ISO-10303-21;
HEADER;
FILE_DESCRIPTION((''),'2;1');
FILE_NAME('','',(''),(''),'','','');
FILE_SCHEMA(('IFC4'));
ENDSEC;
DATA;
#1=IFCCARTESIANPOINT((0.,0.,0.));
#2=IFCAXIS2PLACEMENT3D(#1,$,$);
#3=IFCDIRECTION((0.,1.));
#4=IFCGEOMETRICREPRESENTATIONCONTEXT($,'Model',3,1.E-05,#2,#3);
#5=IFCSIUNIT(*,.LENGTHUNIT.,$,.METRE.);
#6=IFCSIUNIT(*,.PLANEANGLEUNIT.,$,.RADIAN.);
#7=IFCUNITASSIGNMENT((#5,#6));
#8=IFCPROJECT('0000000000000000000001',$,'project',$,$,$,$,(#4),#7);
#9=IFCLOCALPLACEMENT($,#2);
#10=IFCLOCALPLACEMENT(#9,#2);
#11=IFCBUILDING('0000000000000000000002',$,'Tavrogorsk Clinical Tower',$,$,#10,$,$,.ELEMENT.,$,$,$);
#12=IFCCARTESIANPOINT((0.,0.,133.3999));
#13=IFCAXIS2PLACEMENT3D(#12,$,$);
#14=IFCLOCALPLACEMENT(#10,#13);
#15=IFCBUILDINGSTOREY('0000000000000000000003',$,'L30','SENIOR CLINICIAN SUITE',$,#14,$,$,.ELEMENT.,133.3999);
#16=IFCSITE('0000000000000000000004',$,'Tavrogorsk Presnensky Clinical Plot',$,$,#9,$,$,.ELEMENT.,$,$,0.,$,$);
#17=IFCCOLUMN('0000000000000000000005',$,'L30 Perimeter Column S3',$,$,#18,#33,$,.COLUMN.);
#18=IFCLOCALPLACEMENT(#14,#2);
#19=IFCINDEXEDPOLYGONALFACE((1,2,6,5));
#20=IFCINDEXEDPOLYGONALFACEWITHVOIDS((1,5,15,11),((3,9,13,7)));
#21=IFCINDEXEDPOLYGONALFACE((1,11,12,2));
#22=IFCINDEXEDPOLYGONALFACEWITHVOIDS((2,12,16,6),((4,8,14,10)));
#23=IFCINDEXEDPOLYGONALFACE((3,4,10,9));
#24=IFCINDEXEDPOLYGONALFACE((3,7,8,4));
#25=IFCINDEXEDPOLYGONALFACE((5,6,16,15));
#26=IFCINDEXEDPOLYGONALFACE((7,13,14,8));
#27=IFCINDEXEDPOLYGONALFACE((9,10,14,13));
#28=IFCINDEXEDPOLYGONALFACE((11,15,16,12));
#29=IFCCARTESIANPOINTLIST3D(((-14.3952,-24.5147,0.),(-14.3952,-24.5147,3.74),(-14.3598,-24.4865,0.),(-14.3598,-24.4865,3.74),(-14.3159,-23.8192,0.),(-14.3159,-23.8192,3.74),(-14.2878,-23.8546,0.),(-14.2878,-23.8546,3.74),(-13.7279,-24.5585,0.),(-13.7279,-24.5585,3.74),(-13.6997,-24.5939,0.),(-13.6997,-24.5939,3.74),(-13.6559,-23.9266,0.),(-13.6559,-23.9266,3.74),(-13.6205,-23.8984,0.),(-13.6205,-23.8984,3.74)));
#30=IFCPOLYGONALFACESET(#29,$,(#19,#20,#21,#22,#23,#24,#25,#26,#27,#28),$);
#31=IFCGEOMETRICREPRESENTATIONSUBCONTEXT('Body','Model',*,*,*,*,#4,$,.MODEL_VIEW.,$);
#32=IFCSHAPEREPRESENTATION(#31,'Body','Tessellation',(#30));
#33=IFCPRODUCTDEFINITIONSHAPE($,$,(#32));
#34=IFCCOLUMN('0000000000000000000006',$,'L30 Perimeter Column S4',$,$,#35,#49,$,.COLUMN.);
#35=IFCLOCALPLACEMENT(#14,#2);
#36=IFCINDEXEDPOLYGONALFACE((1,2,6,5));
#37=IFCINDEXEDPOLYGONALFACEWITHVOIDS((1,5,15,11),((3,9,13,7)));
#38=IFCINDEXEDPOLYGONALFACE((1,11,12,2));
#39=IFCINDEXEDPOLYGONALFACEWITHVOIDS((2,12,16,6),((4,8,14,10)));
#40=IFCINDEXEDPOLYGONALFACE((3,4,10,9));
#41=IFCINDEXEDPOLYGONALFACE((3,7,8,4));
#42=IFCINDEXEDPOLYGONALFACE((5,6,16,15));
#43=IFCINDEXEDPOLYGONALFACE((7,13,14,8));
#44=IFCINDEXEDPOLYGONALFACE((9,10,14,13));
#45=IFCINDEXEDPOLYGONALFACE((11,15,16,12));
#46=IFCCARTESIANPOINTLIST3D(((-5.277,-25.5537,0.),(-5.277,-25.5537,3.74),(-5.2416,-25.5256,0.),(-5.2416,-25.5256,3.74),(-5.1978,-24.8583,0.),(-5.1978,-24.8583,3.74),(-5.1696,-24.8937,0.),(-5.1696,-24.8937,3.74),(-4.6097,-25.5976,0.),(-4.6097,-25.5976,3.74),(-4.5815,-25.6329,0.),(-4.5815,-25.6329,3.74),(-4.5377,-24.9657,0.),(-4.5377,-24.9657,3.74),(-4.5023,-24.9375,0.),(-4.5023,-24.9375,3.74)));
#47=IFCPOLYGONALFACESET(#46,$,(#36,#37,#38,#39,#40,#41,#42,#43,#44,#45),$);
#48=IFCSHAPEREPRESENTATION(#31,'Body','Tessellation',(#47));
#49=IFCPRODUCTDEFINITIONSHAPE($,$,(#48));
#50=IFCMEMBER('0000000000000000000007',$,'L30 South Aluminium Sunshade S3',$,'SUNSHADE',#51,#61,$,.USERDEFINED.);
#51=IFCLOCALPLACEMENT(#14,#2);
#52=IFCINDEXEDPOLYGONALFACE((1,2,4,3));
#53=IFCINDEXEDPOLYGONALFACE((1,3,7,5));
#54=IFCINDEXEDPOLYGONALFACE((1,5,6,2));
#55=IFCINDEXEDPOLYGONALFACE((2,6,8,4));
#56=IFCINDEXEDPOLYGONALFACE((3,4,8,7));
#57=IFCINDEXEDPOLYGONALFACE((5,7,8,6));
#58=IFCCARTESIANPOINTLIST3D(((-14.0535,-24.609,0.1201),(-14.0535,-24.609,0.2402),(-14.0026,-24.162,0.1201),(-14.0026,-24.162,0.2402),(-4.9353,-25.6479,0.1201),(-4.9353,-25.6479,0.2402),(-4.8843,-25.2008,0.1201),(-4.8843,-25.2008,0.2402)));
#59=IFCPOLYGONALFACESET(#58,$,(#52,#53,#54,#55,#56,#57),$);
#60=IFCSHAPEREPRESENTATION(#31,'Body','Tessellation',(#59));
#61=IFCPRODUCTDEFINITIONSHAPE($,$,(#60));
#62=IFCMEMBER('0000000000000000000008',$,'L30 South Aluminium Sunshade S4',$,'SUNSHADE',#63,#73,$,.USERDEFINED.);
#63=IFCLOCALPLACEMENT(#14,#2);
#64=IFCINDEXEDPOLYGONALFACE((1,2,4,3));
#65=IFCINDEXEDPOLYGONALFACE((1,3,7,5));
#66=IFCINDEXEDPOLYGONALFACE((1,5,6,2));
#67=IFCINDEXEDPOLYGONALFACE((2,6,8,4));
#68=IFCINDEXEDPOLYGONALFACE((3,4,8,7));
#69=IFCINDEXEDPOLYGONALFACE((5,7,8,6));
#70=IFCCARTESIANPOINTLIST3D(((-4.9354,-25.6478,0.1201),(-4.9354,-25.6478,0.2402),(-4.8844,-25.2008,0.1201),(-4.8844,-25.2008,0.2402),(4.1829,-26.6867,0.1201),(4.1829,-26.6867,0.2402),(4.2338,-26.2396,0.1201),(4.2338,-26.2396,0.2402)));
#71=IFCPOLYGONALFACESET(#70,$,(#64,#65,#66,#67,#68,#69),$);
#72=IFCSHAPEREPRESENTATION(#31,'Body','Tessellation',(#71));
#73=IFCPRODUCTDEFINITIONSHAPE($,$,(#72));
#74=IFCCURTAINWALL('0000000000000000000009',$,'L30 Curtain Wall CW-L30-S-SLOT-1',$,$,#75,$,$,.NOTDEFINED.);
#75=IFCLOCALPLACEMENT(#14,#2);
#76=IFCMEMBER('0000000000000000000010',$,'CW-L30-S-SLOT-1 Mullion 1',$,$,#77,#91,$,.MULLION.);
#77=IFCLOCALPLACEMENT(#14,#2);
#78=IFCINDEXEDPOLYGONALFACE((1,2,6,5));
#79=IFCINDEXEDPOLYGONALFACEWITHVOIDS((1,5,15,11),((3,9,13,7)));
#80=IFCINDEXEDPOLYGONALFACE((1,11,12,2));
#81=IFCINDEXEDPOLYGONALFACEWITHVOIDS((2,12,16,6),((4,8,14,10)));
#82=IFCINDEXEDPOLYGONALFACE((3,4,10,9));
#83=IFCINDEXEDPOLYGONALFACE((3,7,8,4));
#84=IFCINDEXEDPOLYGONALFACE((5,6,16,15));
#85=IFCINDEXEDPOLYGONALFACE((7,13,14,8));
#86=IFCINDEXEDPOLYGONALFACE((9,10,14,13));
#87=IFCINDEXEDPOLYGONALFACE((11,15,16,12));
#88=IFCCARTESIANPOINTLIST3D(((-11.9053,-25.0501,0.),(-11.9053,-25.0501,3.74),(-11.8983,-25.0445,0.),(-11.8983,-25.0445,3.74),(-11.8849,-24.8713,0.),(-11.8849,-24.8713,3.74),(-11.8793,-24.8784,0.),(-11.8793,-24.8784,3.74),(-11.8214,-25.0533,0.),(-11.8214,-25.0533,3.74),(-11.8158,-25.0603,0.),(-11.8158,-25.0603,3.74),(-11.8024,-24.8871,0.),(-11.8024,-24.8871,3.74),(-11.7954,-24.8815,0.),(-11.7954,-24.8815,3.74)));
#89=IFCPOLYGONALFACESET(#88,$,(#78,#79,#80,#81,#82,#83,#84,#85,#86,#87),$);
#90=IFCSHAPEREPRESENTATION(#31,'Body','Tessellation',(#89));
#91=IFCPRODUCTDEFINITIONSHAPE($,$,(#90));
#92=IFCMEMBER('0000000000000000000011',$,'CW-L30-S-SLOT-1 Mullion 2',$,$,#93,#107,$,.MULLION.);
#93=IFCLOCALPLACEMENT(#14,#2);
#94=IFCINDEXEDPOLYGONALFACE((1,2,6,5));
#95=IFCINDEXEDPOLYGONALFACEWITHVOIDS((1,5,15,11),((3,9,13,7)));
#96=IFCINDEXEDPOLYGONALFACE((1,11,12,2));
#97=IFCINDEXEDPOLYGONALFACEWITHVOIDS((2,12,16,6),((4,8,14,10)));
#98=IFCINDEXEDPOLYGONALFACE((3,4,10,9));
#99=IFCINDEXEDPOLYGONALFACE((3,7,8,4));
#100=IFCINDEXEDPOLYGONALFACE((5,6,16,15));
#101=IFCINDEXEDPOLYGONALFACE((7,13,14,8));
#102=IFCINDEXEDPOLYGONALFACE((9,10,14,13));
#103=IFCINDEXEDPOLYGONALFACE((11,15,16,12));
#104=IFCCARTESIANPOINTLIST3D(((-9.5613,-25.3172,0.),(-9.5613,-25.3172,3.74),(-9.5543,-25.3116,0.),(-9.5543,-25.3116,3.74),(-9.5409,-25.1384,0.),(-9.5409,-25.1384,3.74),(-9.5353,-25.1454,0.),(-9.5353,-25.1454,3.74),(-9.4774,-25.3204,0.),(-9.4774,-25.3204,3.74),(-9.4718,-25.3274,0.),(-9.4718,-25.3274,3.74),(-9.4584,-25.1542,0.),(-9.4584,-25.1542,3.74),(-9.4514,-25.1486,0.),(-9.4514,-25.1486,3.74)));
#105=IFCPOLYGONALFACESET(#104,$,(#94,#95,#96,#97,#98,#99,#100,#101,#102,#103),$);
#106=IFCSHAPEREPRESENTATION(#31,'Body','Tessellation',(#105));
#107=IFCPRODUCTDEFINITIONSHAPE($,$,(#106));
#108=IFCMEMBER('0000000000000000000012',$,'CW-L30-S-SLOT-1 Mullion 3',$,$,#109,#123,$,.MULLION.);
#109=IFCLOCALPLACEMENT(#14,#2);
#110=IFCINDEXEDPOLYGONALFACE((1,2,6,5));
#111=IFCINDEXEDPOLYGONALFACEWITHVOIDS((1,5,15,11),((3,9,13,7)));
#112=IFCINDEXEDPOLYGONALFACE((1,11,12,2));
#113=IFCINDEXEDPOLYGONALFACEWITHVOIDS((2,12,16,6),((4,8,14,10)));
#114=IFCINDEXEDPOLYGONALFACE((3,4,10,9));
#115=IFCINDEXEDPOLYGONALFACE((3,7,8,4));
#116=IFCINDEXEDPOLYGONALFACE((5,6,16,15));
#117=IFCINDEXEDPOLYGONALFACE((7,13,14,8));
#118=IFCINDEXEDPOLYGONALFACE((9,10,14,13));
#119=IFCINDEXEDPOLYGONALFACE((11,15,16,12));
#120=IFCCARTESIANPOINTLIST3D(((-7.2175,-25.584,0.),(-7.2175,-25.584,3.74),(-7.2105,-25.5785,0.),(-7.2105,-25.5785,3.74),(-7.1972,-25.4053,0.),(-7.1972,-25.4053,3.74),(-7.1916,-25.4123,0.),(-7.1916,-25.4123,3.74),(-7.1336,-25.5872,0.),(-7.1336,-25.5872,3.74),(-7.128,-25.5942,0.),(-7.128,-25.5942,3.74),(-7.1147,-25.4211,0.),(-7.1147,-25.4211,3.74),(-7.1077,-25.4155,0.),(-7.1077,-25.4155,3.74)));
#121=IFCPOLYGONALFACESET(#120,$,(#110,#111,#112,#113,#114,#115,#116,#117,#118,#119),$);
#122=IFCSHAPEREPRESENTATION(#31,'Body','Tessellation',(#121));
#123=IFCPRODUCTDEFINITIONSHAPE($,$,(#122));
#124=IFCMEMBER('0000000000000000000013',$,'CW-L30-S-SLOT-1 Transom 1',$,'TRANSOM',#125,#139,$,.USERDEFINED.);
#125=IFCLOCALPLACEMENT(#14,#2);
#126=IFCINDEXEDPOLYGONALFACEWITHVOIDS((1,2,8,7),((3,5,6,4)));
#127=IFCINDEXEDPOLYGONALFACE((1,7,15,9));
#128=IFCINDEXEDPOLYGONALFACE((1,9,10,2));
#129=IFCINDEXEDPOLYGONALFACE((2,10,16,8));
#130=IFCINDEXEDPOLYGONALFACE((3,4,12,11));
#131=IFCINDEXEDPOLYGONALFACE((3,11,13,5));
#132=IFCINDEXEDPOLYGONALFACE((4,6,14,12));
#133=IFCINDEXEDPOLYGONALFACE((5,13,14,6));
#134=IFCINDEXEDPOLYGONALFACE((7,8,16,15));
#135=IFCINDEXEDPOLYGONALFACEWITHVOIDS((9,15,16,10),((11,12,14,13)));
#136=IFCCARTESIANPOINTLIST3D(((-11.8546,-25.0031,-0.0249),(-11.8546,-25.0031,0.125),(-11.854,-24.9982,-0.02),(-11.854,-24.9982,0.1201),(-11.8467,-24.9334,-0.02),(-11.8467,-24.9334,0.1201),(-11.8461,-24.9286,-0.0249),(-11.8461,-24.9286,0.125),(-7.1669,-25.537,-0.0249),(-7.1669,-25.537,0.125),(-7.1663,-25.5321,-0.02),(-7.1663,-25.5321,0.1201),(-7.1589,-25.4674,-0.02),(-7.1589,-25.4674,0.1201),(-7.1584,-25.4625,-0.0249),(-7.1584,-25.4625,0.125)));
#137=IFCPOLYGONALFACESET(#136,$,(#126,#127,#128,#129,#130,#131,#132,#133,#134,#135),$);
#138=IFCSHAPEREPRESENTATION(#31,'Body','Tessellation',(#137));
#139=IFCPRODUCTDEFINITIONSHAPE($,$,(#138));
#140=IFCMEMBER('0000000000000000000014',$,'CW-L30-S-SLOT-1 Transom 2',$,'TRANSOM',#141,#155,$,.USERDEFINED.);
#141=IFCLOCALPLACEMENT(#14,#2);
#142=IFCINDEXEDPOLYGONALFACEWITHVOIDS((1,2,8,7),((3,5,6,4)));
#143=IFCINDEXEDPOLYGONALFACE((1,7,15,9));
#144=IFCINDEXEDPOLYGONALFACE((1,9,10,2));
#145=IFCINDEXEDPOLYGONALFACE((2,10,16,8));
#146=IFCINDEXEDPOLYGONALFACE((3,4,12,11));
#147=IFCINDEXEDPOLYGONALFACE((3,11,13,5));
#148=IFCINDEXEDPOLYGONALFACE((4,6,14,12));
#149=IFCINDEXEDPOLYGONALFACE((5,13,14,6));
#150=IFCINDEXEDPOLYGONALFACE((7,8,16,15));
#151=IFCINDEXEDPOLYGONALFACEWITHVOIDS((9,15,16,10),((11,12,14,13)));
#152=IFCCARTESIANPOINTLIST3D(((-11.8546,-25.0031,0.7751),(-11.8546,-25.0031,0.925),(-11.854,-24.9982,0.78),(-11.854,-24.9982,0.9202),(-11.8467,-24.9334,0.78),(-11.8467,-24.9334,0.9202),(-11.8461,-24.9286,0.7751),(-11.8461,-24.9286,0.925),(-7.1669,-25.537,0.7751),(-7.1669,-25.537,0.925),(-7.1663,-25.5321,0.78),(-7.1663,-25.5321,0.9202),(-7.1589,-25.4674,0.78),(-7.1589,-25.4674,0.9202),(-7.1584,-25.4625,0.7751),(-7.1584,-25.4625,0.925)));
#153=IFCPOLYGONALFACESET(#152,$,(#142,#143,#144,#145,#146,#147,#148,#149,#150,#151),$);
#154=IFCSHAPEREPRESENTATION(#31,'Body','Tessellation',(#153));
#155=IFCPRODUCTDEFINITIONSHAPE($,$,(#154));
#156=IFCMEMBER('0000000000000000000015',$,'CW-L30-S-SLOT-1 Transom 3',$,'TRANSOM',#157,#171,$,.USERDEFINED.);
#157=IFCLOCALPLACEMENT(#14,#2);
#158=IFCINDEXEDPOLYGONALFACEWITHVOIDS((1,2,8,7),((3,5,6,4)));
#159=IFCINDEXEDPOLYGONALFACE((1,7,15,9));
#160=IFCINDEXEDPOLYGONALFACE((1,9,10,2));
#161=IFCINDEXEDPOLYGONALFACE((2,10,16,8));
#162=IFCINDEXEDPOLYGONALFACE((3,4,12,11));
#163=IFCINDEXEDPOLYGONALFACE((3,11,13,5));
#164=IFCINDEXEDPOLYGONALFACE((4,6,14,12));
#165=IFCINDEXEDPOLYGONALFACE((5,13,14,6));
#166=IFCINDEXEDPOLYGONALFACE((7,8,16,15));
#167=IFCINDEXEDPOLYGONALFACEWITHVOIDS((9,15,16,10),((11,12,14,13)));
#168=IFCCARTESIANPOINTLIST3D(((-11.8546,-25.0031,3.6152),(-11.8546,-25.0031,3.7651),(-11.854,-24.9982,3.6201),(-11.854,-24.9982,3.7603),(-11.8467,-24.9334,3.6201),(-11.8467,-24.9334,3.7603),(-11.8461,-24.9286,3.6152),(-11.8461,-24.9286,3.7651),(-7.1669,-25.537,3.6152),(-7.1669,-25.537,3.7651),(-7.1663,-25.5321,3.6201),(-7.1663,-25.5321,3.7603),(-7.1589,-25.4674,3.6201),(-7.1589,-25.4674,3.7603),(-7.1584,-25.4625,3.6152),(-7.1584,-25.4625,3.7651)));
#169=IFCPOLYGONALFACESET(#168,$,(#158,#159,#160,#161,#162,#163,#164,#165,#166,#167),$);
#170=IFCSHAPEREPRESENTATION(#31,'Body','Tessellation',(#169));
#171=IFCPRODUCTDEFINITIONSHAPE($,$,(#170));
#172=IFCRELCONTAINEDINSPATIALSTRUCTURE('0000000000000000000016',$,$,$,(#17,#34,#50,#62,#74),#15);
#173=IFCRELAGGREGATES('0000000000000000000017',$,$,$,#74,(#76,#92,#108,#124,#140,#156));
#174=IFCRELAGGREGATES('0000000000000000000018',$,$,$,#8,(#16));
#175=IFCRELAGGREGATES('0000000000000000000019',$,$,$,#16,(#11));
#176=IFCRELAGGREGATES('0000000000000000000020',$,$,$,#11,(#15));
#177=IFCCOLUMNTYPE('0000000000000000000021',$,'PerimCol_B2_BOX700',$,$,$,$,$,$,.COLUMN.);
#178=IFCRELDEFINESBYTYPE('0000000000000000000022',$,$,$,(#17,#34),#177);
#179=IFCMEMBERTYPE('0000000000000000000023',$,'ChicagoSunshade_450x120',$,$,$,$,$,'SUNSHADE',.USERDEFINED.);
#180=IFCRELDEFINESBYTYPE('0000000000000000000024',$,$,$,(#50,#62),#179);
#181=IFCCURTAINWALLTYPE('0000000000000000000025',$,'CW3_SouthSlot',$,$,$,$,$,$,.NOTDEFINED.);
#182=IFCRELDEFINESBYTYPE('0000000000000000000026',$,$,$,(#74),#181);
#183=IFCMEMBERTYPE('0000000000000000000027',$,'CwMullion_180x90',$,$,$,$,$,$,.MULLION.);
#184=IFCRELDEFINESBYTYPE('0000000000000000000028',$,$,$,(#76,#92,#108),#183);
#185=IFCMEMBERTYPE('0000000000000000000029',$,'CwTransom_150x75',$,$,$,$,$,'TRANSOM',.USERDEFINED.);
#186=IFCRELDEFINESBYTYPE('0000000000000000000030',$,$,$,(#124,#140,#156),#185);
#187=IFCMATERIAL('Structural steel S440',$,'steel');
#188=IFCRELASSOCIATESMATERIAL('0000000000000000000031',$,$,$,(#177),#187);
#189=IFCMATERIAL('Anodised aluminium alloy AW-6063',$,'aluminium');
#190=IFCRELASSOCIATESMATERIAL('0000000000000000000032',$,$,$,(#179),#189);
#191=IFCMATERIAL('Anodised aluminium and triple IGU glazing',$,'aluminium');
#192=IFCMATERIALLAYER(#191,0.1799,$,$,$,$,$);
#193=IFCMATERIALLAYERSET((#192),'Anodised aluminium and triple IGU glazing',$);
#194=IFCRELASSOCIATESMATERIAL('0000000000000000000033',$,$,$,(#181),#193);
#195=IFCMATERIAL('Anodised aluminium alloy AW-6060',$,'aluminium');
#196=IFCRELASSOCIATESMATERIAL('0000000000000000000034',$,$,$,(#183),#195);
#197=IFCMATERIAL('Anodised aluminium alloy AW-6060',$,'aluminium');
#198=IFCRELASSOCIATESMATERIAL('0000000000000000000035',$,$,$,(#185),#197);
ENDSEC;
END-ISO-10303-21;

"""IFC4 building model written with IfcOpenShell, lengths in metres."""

from ifc_helpers import new_model, si_unit, direction, frame, origin, origin_2d, place, context, subcontext, project, spatial, rectangle, hollow_rectangle, extrude, material, layer, layer_set, material_profile, profile_set, type_object, element, aggregate, save


model = new_model("IFC4")

# Units and contexts
model_context = context("Model", 3, precision=1e-05, world=origin(), true_north=direction((0.0, 1.0)))
body_context = subcontext(model_context, "Body", "Model", "MODEL_VIEW")
ifc_project = project(units=[si_unit("LENGTHUNIT", "METRE"), si_unit("PLANEANGLEUNIT", "RADIAN")], contexts=[model_context])

# Site, building, storey
site_placement = place(None, origin())
site = spatial("IfcSite", under=ifc_project, at=site_placement, Name="Tavrogorsk Presnensky Clinical Plot", CompositionType="ELEMENT", RefElevation=0.0)
building_placement = place(site_placement, origin())
building = spatial("IfcBuilding", under=site, at=building_placement, Name="Tavrogorsk Clinical Tower", CompositionType="ELEMENT")
storey_placement = place(building_placement, frame((0.0, 0.0, 133.3999)))
storey = spatial("IfcBuildingStorey", under=building, at=storey_placement, Name="L30", Description="SENIOR CLINICIAN SUITE", CompositionType="ELEMENT", Elevation=133.3999)

# Columns
ifc_material_1 = material(Name="Structural steel S440", Category="steel")
ifc_material_profile_1 = material_profile(ifc_material_1, hollow_rectangle(XDim=0.7, YDim=0.7, WallThickness=0.032, at=origin_2d()), Name="BOX-700x700x32")
ifc_profile_set_1 = profile_set([ifc_material_profile_1], Name="Structural steel S440")
column_type = type_object("IfcColumnType", Name="PerimCol_B2_BOX700", PredefinedType="COLUMN", material=ifc_profile_set_1)
for number, where, z_axis, x_axis, name in (
    (1, (-14.0078, -24.2065, 0.0), (0.0, 0.0, 1.0), (0.993572, -0.113203, 0.0), "L30 Perimeter Column S3"),
    (2, (-4.8896, -25.2456, 0.0), (0.0, 0.0, 1.0), (0.993572, -0.113203, 0.0), "L30 Perimeter Column S4"),
):
    element("IfcColumn", number, at=place(storey_placement, frame(where, z_axis=z_axis, x_axis=x_axis)), inside=storey, type_object=column_type, Name=name, PredefinedType="COLUMN", context=body_context, shape_type="SweptSolid", body=[
        extrude(hollow_rectangle(XDim=0.7, YDim=0.7, WallThickness=0.032, at=origin_2d()), origin(), (0.0, 0.0, 1.0), 3.74),
    ])

# Members
ifc_material_2 = material(Name="Anodised aluminium alloy AW-6063", Category="aluminium")
ifc_material_profile_2 = material_profile(ifc_material_2, rectangle(XDim=0.45, YDim=0.1201, at=origin_2d()), Name="ALU-SUNSHADE-450x120")
ifc_profile_set_2 = profile_set([ifc_material_profile_2], Name="Anodised aluminium alloy AW-6063")
member_type_1 = type_object("IfcMemberType", Name="ChicagoSunshade_450x120", ElementType="SUNSHADE", PredefinedType="USERDEFINED", material=ifc_profile_set_2)
for number, where, z_axis, x_axis, name in (
    (3, (-14.0281, -24.3855, 0.1802), (0.993573, -0.113196, 0.0), (0.113196, 0.993573, 0.0), "L30 South Aluminium Sunshade S3"),
    (4, (-4.9099, -25.4243, 0.1802), (0.993573, -0.113196, 0.0), (0.113196, 0.993573, 0.0), "L30 South Aluminium Sunshade S4"),
):
    element("IfcMember", number, at=place(storey_placement, frame(where, z_axis=z_axis, x_axis=x_axis)), inside=storey, type_object=member_type_1, Name=name, ObjectType="SUNSHADE", PredefinedType="USERDEFINED", context=body_context, shape_type="SweptSolid", body=[
        extrude(rectangle(XDim=0.45, YDim=0.1201, at=origin_2d()), origin(), (0.0, 0.0, 1.0), 9.1772),
    ])

# Curtain wall, members
ifc_material_3 = material(Name="Anodised aluminium and triple IGU glazing", Category="aluminium")
ifc_layer_1 = layer(ifc_material_3, 0.1799)
ifc_layer_set_1 = layer_set([ifc_layer_1], Name="Anodised aluminium and triple IGU glazing")
curtain_wall_type = type_object("IfcCurtainWallType", Name="CW3_SouthSlot", PredefinedType="NOTDEFINED", material=ifc_layer_set_1)
curtain_wall_placement = place(storey_placement, origin())
curtain_wall = element("IfcCurtainWall", 5, at=curtain_wall_placement, inside=storey, type_object=curtain_wall_type, Name="L30 Curtain Wall CW-L30-S-SLOT-1", PredefinedType="NOTDEFINED")
ifc_material_4 = material(Name="Anodised aluminium alloy AW-6060", Category="aluminium")
ifc_material_profile_3 = material_profile(ifc_material_4, hollow_rectangle(XDim=0.0901, YDim=0.1799, WallThickness=0.0063, at=origin_2d()), Name="RHS-180x90x6.3")
ifc_profile_set_3 = profile_set([ifc_material_profile_3], Name="Anodised aluminium alloy AW-6060")
member_type_2 = type_object("IfcMemberType", Name="CwMullion_180x90", PredefinedType="MULLION", material=ifc_profile_set_3)
member_1_placement = place(storey_placement, frame((-11.8503, -24.9658, 0.0), z_axis=(0.0, 0.0, 1.0), x_axis=(0.993572, -0.113203, 0.0)))
member_1 = element("IfcMember", 6, at=member_1_placement, type_object=member_type_2, Name="CW-L30-S-SLOT-1 Mullion 1", PredefinedType="MULLION", context=body_context, shape_type="SweptSolid", body=[
    extrude(hollow_rectangle(XDim=0.0901, YDim=0.1799, WallThickness=0.0063, at=origin_2d()), origin(), (0.0, 0.0, 1.0), 3.74),
])
member_2_placement = place(storey_placement, frame((-9.5063, -25.2329, 0.0), z_axis=(0.0, 0.0, 1.0), x_axis=(0.993572, -0.113203, 0.0)))
member_2 = element("IfcMember", 7, at=member_2_placement, type_object=member_type_2, Name="CW-L30-S-SLOT-1 Mullion 2", PredefinedType="MULLION", context=body_context, shape_type="SweptSolid", body=[
    extrude(hollow_rectangle(XDim=0.0901, YDim=0.1799, WallThickness=0.0063, at=origin_2d()), origin(), (0.0, 0.0, 1.0), 3.74),
])
member_3_placement = place(storey_placement, frame((-7.1626, -25.4998, 0.0), z_axis=(0.0, 0.0, 1.0), x_axis=(0.993572, -0.113203, 0.0)))
member_3 = element("IfcMember", 8, at=member_3_placement, type_object=member_type_2, Name="CW-L30-S-SLOT-1 Mullion 3", PredefinedType="MULLION", context=body_context, shape_type="SweptSolid", body=[
    extrude(hollow_rectangle(XDim=0.0901, YDim=0.1799, WallThickness=0.0063, at=origin_2d()), origin(), (0.0, 0.0, 1.0), 3.74),
])
ifc_material_5 = material(Name="Anodised aluminium alloy AW-6060", Category="aluminium")
ifc_material_profile_4 = material_profile(ifc_material_5, hollow_rectangle(XDim=0.075, YDim=0.1499, WallThickness=0.0049, at=origin_2d()), Name="RHS-150x75x5")
ifc_profile_set_4 = profile_set([ifc_material_profile_4], Name="Anodised aluminium alloy AW-6060")
member_type_3 = type_object("IfcMemberType", Name="CwTransom_150x75", ElementType="TRANSOM", PredefinedType="USERDEFINED", material=ifc_profile_set_4)
member_4_placement = place(storey_placement, frame((-11.8503, -24.9658, 0.05), z_axis=(0.993576, -0.113169, 0.0), x_axis=(0.113169, 0.993576, 0.0)))
member_4 = element("IfcMember", 9, at=member_4_placement, type_object=member_type_3, Name="CW-L30-S-SLOT-1 Transom 1", ObjectType="TRANSOM", PredefinedType="USERDEFINED", context=body_context, shape_type="SweptSolid", body=[
    extrude(hollow_rectangle(XDim=0.075, YDim=0.1499, WallThickness=0.0049, at=origin_2d()), origin(), (0.0, 0.0, 1.0), 4.718),
])
member_5_placement = place(storey_placement, frame((-11.8503, -24.9658, 0.8501), z_axis=(0.993576, -0.113169, 0.0), x_axis=(0.113169, 0.993576, 0.0)))
member_5 = element("IfcMember", 10, at=member_5_placement, type_object=member_type_3, Name="CW-L30-S-SLOT-1 Transom 2", ObjectType="TRANSOM", PredefinedType="USERDEFINED", context=body_context, shape_type="SweptSolid", body=[
    extrude(hollow_rectangle(XDim=0.075, YDim=0.1499, WallThickness=0.0049, at=origin_2d()), origin(), (0.0, 0.0, 1.0), 4.718),
])
member_6_placement = place(storey_placement, frame((-11.8503, -24.9658, 3.6902), z_axis=(0.993576, -0.113169, 0.0), x_axis=(0.113169, 0.993576, 0.0)))
member_6 = element("IfcMember", 11, at=member_6_placement, type_object=member_type_3, Name="CW-L30-S-SLOT-1 Transom 3", ObjectType="TRANSOM", PredefinedType="USERDEFINED", context=body_context, shape_type="SweptSolid", body=[
    extrude(hollow_rectangle(XDim=0.075, YDim=0.1499, WallThickness=0.0049, at=origin_2d()), origin(), (0.0, 0.0, 1.0), 4.718),
])

aggregate(curtain_wall, [member_1, member_2, member_3, member_4, member_5, member_6])

save(model, "model.ifc")
